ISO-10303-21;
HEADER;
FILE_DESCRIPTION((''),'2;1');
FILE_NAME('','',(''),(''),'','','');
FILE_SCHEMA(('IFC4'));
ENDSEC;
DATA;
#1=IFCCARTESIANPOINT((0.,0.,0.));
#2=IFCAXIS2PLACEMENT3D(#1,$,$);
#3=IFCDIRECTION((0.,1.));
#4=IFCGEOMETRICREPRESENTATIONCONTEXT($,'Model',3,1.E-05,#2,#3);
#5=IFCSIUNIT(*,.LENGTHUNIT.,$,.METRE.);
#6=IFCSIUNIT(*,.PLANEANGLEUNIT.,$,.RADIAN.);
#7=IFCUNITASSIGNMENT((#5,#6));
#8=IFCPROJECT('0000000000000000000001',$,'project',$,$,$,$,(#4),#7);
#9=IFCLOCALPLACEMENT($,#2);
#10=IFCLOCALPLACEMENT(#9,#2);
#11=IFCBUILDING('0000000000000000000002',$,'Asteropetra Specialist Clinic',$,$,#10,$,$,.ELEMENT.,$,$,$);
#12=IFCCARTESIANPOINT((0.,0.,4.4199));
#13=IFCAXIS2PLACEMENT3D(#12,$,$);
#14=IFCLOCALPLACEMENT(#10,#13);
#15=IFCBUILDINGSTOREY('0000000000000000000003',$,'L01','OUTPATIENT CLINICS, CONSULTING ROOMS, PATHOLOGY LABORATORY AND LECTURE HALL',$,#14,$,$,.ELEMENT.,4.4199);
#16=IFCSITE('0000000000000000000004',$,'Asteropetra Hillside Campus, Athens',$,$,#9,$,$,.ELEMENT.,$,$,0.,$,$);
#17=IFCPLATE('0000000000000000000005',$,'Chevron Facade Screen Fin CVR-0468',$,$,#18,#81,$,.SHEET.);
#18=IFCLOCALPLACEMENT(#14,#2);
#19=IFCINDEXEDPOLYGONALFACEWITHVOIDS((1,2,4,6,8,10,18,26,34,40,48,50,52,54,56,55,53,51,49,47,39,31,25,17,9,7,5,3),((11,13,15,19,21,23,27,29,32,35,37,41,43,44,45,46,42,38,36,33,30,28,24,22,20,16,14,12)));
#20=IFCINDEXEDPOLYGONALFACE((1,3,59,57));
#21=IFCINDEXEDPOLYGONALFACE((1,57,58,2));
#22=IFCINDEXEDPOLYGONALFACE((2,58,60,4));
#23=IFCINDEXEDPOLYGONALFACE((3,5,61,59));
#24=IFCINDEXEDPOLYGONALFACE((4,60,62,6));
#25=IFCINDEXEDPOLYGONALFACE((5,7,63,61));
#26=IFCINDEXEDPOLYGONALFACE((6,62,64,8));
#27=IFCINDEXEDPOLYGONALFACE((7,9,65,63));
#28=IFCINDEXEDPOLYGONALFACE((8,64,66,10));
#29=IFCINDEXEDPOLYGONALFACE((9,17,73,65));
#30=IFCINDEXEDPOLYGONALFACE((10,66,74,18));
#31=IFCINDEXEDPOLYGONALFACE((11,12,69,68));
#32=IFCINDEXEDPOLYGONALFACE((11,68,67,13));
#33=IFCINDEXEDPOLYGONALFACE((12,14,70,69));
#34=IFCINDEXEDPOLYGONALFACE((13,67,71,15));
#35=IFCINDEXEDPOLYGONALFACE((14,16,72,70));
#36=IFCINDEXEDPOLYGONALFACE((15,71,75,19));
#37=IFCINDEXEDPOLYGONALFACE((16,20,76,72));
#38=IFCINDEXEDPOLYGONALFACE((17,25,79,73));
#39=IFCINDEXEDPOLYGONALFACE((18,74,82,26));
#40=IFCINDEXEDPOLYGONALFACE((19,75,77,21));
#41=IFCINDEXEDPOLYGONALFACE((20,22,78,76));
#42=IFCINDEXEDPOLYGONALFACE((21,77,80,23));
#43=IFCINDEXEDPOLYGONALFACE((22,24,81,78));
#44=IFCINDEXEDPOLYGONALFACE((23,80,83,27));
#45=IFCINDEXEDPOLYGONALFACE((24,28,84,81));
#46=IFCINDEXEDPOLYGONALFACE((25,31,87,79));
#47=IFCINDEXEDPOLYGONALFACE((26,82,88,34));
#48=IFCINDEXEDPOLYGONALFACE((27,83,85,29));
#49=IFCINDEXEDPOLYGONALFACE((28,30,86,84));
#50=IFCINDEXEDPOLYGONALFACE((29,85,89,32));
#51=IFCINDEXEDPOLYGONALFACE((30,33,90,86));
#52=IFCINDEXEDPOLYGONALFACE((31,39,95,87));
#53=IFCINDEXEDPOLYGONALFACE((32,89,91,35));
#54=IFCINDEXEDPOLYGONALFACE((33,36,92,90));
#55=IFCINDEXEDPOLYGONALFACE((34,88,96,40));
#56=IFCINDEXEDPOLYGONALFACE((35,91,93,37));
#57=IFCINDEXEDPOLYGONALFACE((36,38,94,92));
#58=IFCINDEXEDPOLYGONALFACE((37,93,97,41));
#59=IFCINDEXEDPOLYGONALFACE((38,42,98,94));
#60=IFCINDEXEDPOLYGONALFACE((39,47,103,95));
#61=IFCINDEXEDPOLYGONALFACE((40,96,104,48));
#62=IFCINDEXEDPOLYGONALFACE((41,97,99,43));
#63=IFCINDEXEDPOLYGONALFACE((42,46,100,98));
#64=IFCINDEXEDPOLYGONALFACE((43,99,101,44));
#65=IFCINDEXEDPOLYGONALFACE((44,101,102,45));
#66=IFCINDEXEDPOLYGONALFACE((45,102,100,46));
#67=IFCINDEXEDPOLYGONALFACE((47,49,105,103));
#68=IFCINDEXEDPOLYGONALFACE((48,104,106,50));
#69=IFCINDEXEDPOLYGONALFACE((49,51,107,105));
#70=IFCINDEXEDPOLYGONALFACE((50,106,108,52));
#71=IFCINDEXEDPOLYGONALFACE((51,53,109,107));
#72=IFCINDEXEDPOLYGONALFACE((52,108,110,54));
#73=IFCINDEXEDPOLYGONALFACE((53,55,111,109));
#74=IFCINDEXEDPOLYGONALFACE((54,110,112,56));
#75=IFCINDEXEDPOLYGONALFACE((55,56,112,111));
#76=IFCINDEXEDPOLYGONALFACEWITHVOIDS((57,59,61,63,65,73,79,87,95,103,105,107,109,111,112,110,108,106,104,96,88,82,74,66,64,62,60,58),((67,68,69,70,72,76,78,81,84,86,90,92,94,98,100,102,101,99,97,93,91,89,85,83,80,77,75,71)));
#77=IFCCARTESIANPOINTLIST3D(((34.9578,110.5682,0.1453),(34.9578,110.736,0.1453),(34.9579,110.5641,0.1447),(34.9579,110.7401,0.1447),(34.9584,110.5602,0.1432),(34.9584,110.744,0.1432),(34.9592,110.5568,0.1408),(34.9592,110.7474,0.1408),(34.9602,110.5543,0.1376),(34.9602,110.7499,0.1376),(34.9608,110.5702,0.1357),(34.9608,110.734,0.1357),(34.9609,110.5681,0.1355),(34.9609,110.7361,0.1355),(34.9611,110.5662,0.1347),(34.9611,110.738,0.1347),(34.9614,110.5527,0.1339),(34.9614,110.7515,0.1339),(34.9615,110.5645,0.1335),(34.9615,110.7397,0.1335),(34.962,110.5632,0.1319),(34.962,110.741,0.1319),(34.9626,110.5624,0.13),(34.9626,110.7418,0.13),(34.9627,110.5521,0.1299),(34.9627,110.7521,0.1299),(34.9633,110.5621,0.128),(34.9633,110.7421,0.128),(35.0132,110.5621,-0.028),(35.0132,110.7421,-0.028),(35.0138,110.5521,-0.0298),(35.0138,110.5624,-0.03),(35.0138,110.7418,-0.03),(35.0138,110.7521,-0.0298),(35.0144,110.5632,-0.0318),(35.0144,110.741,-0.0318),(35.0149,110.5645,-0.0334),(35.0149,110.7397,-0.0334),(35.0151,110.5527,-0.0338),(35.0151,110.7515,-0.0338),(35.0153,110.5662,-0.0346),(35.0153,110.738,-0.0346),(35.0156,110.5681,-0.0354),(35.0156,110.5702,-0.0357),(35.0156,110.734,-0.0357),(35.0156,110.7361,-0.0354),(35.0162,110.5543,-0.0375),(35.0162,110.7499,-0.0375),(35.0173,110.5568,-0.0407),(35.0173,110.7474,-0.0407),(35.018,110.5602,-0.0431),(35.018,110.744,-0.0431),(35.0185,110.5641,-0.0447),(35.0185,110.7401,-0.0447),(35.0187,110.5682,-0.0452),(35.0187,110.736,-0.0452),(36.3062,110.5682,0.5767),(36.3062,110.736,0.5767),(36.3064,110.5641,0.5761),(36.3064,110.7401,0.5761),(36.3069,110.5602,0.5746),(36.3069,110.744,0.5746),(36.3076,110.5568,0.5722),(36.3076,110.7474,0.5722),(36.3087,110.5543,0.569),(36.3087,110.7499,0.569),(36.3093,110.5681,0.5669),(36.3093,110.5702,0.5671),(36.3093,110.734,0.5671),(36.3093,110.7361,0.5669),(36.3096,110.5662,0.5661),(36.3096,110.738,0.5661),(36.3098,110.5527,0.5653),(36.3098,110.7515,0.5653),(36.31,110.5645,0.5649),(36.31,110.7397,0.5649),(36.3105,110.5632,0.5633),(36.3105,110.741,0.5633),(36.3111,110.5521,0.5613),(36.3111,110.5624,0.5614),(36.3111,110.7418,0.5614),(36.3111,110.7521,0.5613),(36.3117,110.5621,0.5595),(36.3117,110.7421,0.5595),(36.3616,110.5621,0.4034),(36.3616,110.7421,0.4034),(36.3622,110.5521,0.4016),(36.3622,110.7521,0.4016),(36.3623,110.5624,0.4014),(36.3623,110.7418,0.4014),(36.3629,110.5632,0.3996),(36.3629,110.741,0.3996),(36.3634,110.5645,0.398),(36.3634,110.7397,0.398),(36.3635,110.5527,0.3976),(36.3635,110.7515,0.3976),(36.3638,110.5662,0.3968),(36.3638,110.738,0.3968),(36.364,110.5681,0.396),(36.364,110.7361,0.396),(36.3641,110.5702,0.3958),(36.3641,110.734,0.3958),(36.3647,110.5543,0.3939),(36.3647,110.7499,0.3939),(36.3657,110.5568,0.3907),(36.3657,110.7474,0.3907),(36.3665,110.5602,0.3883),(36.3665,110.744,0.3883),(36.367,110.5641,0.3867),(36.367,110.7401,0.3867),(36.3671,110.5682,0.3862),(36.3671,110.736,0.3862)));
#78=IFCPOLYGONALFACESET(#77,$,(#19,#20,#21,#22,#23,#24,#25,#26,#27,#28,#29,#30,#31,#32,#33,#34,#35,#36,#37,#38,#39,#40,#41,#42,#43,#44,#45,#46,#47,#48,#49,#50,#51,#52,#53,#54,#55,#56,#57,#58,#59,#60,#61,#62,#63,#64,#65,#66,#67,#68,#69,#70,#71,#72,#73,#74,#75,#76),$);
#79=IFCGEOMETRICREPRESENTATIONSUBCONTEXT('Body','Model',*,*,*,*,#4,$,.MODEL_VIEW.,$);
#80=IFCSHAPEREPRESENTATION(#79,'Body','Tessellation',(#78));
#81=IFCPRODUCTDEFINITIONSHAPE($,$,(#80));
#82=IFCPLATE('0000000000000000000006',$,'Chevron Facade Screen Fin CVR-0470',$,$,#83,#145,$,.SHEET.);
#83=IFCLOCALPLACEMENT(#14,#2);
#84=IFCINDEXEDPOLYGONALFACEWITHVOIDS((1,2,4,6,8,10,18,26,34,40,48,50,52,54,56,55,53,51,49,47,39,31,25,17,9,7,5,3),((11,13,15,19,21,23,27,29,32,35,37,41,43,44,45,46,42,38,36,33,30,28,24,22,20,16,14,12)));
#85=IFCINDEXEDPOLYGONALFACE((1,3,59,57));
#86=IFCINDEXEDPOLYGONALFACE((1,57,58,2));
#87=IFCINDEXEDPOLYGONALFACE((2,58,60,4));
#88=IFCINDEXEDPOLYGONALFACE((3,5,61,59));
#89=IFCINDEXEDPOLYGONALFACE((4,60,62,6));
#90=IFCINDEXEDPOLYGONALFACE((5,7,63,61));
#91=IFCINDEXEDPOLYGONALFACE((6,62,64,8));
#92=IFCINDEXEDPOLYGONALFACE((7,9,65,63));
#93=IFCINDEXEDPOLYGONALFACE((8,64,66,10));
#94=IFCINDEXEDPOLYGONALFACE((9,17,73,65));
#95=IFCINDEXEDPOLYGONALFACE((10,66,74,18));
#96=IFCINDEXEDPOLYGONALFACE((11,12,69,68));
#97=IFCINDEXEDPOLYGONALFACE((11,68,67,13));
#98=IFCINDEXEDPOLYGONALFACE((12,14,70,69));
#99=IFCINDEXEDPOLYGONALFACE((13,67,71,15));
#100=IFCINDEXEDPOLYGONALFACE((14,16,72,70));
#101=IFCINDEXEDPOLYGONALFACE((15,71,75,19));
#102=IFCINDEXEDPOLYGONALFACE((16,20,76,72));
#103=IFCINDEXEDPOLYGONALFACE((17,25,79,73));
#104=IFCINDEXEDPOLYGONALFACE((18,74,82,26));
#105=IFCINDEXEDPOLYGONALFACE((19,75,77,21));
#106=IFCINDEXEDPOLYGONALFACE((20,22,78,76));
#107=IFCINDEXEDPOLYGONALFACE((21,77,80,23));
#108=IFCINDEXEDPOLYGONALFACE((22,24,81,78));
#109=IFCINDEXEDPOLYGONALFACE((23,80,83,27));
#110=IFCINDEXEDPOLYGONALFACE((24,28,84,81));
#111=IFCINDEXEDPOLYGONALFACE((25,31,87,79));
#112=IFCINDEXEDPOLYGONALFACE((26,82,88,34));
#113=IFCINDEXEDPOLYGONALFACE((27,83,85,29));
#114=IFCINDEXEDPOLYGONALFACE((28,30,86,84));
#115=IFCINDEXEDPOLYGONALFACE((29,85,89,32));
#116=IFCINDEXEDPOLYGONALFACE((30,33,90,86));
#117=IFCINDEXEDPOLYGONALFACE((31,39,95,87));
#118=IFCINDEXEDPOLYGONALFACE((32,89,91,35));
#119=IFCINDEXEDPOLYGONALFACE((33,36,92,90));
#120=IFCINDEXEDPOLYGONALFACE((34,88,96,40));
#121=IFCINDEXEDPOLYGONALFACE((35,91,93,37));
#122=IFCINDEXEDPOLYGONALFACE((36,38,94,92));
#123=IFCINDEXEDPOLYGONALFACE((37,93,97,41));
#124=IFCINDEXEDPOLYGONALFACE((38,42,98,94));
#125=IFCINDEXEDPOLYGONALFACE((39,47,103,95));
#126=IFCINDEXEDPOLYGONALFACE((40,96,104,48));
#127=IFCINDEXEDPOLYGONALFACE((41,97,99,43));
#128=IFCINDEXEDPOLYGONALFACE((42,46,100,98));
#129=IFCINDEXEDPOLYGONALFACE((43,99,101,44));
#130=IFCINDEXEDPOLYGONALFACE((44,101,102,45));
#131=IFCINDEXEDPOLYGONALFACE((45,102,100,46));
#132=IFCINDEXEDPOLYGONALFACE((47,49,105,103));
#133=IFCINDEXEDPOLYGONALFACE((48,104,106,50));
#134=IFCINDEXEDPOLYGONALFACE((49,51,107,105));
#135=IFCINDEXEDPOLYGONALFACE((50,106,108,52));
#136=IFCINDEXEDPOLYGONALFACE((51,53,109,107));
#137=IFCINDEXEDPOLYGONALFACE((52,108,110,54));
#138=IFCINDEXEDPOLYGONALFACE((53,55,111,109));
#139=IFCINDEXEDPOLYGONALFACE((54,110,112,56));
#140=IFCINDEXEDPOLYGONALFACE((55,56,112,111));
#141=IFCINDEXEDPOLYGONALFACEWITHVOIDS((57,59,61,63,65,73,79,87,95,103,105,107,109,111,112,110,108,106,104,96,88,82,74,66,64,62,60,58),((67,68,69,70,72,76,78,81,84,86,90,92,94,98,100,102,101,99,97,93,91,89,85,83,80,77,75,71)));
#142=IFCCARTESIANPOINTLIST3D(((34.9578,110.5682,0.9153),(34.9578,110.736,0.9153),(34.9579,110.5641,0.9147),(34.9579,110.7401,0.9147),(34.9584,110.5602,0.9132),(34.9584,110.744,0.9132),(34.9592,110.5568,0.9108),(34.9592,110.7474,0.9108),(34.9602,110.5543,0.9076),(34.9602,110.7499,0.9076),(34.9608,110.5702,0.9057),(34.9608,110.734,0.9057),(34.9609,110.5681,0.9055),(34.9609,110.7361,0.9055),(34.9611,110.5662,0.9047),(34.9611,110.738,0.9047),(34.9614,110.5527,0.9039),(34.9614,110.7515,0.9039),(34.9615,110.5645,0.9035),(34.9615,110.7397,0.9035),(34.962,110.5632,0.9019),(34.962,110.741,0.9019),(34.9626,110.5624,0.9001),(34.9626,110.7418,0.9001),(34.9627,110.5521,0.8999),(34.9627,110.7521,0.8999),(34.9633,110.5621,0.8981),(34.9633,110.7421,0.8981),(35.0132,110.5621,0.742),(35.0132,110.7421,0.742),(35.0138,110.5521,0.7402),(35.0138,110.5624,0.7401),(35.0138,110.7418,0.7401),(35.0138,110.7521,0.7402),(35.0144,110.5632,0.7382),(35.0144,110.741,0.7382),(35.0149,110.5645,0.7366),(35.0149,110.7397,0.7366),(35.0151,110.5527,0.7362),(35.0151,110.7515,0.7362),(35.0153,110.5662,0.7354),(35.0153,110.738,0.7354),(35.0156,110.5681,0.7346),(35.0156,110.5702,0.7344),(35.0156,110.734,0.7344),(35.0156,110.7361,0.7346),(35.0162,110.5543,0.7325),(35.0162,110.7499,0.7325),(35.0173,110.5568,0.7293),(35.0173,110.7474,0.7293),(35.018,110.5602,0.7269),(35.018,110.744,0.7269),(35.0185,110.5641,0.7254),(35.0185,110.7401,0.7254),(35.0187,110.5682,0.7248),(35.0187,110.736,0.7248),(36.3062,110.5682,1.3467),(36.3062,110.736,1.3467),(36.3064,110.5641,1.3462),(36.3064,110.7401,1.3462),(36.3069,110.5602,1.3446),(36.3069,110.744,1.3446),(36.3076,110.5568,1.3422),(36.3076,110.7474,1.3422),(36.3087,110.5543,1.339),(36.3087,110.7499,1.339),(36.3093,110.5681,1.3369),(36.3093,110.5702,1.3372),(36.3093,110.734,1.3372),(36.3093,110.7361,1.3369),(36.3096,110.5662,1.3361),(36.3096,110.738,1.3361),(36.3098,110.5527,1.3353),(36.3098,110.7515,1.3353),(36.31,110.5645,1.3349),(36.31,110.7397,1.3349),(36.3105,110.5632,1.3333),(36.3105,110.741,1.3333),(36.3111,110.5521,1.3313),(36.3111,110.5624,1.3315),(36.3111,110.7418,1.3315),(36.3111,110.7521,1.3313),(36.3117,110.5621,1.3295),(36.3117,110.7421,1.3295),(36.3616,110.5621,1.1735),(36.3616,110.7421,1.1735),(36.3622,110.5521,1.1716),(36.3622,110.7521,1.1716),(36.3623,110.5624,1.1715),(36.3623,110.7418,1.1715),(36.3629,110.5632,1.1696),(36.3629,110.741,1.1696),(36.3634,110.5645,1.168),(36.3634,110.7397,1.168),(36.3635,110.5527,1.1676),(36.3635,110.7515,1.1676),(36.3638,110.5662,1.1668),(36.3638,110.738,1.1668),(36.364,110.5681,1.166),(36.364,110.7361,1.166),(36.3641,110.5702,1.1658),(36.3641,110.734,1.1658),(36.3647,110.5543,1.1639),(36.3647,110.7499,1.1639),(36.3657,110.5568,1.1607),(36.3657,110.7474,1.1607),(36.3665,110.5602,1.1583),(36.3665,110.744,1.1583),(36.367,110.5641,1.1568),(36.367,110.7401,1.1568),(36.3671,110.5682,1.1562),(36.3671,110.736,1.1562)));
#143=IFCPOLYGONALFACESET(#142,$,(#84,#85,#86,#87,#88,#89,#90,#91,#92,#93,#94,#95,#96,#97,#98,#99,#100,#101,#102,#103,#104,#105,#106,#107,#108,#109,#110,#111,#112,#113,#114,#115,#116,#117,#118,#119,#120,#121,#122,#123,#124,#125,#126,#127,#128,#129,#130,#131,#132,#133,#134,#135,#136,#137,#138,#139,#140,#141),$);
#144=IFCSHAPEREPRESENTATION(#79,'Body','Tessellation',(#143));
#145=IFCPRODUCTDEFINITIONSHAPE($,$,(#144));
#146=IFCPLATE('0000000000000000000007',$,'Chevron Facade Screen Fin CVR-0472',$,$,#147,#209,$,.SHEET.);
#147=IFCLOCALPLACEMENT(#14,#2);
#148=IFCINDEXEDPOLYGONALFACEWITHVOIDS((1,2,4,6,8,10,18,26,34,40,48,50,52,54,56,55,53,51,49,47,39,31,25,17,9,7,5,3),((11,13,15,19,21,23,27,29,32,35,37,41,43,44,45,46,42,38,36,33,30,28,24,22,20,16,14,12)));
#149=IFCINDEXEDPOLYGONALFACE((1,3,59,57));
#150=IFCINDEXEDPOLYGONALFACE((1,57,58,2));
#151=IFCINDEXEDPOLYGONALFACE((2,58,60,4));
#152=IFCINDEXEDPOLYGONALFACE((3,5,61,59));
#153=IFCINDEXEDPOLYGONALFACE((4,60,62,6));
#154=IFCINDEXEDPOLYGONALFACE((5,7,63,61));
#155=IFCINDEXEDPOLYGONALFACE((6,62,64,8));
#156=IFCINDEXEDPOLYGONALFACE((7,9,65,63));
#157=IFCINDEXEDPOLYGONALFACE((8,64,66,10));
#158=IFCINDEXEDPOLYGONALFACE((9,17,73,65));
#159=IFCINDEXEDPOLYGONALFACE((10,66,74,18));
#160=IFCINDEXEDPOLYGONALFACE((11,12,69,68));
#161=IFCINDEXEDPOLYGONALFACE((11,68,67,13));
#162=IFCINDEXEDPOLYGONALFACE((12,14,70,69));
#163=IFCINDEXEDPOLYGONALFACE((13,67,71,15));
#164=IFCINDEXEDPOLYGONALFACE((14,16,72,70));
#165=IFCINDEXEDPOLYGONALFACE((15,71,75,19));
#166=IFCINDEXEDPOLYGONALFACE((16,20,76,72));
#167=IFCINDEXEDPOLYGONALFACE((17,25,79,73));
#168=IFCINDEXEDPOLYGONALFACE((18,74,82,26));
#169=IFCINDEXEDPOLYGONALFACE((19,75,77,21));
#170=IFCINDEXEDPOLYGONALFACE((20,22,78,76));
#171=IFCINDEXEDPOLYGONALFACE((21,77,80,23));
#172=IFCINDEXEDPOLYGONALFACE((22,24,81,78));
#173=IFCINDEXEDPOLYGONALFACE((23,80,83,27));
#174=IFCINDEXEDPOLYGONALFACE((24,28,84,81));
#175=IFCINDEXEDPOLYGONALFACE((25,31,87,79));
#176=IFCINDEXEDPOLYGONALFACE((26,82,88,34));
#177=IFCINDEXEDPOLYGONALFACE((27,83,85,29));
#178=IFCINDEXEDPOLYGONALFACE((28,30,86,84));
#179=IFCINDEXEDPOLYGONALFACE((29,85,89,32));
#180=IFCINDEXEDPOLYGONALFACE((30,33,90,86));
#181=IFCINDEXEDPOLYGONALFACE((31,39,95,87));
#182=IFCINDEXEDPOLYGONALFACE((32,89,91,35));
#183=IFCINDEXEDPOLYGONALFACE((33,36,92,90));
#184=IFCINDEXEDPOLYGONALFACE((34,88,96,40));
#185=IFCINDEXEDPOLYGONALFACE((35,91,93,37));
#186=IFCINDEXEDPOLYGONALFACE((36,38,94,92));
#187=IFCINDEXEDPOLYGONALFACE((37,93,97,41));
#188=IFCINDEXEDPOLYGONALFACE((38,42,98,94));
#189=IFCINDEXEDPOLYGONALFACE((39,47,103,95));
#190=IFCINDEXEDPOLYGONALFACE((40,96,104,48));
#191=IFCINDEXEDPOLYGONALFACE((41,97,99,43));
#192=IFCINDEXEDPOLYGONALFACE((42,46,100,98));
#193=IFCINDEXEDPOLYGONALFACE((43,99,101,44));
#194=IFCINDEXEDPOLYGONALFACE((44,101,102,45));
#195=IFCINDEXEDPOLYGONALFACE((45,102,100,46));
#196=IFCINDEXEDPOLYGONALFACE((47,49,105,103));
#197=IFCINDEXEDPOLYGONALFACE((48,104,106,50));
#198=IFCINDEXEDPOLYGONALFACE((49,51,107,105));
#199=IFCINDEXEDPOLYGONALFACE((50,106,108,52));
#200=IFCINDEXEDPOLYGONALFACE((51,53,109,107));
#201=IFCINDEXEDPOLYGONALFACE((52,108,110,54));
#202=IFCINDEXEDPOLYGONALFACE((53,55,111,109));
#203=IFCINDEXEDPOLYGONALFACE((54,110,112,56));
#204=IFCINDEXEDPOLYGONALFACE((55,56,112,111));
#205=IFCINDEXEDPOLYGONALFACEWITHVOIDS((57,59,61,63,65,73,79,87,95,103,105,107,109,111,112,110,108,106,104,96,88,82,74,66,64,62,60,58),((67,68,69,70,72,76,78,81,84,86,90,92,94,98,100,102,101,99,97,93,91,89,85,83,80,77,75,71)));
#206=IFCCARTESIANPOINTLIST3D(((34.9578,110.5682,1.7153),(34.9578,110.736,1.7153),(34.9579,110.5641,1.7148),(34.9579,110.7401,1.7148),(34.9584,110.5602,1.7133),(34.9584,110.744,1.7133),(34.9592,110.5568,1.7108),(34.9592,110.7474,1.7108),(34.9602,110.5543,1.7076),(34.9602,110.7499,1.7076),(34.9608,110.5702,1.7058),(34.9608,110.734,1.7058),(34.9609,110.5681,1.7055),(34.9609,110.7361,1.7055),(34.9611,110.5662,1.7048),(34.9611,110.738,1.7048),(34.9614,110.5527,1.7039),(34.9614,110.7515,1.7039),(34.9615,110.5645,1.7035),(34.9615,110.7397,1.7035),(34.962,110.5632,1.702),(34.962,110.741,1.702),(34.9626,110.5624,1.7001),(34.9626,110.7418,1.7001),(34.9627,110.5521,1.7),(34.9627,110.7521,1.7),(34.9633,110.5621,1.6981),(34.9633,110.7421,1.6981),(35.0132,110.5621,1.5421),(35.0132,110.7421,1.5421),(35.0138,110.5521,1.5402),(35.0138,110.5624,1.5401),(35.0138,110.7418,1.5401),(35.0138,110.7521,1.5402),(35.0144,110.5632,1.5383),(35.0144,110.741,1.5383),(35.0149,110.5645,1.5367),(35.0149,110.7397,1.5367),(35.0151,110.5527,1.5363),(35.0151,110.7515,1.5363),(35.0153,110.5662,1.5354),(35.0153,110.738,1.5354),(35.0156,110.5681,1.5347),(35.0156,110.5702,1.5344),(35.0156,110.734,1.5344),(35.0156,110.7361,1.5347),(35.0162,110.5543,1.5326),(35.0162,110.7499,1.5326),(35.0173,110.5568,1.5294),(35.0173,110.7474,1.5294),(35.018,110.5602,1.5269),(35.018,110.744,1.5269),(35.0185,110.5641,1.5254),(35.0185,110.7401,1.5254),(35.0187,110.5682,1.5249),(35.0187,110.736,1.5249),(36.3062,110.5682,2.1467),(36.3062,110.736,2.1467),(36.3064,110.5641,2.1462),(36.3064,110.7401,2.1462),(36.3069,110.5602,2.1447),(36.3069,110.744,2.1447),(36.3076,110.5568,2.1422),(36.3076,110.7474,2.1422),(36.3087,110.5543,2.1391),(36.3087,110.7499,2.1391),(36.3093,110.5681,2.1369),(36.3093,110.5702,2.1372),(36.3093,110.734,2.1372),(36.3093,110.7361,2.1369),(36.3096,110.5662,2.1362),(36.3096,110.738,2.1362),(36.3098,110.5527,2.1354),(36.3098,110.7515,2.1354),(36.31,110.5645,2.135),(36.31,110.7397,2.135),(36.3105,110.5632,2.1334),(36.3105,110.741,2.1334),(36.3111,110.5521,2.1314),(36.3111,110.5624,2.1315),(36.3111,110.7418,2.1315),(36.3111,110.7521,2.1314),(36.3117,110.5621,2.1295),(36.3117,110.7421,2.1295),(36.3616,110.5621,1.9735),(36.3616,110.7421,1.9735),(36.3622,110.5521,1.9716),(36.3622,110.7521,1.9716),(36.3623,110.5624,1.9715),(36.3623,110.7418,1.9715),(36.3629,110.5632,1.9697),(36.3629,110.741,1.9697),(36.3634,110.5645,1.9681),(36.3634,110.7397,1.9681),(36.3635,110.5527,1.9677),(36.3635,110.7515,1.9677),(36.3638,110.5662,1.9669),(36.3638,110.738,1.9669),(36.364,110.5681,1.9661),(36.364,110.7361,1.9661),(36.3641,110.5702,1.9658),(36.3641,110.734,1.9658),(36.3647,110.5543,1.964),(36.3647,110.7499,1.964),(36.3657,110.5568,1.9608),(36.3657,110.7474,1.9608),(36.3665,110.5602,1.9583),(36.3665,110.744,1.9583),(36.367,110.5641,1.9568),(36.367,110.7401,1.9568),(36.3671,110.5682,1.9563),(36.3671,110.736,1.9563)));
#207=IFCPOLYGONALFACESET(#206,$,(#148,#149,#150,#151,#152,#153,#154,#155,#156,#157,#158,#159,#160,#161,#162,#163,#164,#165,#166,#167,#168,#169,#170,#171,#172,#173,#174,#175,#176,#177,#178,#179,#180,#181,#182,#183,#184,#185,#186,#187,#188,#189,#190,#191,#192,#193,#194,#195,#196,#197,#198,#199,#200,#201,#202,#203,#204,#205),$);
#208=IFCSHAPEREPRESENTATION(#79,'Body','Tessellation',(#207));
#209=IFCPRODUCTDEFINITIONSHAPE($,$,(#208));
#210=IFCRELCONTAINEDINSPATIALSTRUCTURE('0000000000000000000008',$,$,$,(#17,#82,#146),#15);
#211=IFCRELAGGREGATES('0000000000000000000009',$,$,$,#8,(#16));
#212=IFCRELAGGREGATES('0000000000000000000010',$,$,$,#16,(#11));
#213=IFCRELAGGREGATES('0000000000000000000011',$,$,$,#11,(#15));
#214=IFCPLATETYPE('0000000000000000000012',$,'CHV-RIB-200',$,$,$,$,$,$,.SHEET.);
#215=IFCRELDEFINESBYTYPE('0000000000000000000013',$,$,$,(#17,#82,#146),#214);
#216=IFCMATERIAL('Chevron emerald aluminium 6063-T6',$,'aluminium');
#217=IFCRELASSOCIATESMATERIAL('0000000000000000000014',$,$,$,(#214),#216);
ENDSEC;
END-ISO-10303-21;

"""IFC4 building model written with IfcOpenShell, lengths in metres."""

from ifc_helpers import new_model, si_unit, direction, frame, origin, origin_2d, place, context, subcontext, project, spatial, hollow_rectangle, extrude, material, material_profile, profile_set, type_object, element, save


model = new_model("IFC4")

# Units and contexts
model_context = context("Model", 3, precision=1e-05, world=origin(), true_north=direction((0.0, 1.0)))
body_context = subcontext(model_context, "Body", "Model", "MODEL_VIEW")
ifc_project = project(units=[si_unit("LENGTHUNIT", "METRE"), si_unit("PLANEANGLEUNIT", "RADIAN")], contexts=[model_context])

# Site, building, storey
site_placement = place(None, origin())
site = spatial("IfcSite", under=ifc_project, at=site_placement, Name="Asteropetra Hillside Campus, Athens", CompositionType="ELEMENT", RefElevation=0.0)
building_placement = place(site_placement, origin())
building = spatial("IfcBuilding", under=site, at=building_placement, Name="Asteropetra Specialist Clinic", CompositionType="ELEMENT")
storey_placement = place(building_placement, frame((0.0, 0.0, 4.4199)))
storey = spatial("IfcBuildingStorey", under=building, at=storey_placement, Name="L01", Description="OUTPATIENT CLINICS, CONSULTING ROOMS, PATHOLOGY LABORATORY AND LECTURE HALL", CompositionType="ELEMENT", Elevation=4.4199)

# Plates
ifc_material_1 = material(Name="Chevron emerald aluminium 6063-T6", Category="aluminium")
ifc_material_profile = material_profile(ifc_material_1, hollow_rectangle(XDim=0.2, YDim=0.2, WallThickness=0.01, InnerFilletRadius=0.0081, OuterFilletRadius=0.0161, at=origin_2d()), Name="SHS 200x200x10.0")
ifc_profile_set = profile_set([ifc_material_profile], Name="Chevron emerald aluminium 6063-T6")
plate_type_1 = type_object("IfcPlateType", Name="CHV-RIB-200", PredefinedType="SHEET", material=ifc_profile_set)
for number, where, z_axis, x_axis, name in (
    (1, (36.3367, 110.6521, 0.4814), (-0.952442, 0.0, -0.304719), (0.0, -1.0, 0.0), "Chevron Facade Screen Fin CVR-0468"),
    (2, (36.3367, 110.6521, 1.2515), (-0.952442, 0.0, -0.304719), (0.0, -1.0, 0.0), "Chevron Facade Screen Fin CVR-0470"),
    (3, (36.3367, 110.6521, 2.0515), (-0.952442, 0.0, -0.304719), (0.0, -1.0, 0.0), "Chevron Facade Screen Fin CVR-0472"),
):
    element("IfcPlate", number, at=place(storey_placement, frame(where, z_axis=z_axis, x_axis=x_axis)), inside=storey, type_object=plate_type_1, Name=name, PredefinedType="SHEET", context=body_context, shape_type="SweptSolid", body=[
        extrude(hollow_rectangle(XDim=0.2, YDim=0.2, WallThickness=0.01, InnerFilletRadius=0.0081, OuterFilletRadius=0.0161, at=origin_2d()), origin(), (0.0, 0.0, 1.0), 1.4158),
    ])

save(model, "model.ifc")
